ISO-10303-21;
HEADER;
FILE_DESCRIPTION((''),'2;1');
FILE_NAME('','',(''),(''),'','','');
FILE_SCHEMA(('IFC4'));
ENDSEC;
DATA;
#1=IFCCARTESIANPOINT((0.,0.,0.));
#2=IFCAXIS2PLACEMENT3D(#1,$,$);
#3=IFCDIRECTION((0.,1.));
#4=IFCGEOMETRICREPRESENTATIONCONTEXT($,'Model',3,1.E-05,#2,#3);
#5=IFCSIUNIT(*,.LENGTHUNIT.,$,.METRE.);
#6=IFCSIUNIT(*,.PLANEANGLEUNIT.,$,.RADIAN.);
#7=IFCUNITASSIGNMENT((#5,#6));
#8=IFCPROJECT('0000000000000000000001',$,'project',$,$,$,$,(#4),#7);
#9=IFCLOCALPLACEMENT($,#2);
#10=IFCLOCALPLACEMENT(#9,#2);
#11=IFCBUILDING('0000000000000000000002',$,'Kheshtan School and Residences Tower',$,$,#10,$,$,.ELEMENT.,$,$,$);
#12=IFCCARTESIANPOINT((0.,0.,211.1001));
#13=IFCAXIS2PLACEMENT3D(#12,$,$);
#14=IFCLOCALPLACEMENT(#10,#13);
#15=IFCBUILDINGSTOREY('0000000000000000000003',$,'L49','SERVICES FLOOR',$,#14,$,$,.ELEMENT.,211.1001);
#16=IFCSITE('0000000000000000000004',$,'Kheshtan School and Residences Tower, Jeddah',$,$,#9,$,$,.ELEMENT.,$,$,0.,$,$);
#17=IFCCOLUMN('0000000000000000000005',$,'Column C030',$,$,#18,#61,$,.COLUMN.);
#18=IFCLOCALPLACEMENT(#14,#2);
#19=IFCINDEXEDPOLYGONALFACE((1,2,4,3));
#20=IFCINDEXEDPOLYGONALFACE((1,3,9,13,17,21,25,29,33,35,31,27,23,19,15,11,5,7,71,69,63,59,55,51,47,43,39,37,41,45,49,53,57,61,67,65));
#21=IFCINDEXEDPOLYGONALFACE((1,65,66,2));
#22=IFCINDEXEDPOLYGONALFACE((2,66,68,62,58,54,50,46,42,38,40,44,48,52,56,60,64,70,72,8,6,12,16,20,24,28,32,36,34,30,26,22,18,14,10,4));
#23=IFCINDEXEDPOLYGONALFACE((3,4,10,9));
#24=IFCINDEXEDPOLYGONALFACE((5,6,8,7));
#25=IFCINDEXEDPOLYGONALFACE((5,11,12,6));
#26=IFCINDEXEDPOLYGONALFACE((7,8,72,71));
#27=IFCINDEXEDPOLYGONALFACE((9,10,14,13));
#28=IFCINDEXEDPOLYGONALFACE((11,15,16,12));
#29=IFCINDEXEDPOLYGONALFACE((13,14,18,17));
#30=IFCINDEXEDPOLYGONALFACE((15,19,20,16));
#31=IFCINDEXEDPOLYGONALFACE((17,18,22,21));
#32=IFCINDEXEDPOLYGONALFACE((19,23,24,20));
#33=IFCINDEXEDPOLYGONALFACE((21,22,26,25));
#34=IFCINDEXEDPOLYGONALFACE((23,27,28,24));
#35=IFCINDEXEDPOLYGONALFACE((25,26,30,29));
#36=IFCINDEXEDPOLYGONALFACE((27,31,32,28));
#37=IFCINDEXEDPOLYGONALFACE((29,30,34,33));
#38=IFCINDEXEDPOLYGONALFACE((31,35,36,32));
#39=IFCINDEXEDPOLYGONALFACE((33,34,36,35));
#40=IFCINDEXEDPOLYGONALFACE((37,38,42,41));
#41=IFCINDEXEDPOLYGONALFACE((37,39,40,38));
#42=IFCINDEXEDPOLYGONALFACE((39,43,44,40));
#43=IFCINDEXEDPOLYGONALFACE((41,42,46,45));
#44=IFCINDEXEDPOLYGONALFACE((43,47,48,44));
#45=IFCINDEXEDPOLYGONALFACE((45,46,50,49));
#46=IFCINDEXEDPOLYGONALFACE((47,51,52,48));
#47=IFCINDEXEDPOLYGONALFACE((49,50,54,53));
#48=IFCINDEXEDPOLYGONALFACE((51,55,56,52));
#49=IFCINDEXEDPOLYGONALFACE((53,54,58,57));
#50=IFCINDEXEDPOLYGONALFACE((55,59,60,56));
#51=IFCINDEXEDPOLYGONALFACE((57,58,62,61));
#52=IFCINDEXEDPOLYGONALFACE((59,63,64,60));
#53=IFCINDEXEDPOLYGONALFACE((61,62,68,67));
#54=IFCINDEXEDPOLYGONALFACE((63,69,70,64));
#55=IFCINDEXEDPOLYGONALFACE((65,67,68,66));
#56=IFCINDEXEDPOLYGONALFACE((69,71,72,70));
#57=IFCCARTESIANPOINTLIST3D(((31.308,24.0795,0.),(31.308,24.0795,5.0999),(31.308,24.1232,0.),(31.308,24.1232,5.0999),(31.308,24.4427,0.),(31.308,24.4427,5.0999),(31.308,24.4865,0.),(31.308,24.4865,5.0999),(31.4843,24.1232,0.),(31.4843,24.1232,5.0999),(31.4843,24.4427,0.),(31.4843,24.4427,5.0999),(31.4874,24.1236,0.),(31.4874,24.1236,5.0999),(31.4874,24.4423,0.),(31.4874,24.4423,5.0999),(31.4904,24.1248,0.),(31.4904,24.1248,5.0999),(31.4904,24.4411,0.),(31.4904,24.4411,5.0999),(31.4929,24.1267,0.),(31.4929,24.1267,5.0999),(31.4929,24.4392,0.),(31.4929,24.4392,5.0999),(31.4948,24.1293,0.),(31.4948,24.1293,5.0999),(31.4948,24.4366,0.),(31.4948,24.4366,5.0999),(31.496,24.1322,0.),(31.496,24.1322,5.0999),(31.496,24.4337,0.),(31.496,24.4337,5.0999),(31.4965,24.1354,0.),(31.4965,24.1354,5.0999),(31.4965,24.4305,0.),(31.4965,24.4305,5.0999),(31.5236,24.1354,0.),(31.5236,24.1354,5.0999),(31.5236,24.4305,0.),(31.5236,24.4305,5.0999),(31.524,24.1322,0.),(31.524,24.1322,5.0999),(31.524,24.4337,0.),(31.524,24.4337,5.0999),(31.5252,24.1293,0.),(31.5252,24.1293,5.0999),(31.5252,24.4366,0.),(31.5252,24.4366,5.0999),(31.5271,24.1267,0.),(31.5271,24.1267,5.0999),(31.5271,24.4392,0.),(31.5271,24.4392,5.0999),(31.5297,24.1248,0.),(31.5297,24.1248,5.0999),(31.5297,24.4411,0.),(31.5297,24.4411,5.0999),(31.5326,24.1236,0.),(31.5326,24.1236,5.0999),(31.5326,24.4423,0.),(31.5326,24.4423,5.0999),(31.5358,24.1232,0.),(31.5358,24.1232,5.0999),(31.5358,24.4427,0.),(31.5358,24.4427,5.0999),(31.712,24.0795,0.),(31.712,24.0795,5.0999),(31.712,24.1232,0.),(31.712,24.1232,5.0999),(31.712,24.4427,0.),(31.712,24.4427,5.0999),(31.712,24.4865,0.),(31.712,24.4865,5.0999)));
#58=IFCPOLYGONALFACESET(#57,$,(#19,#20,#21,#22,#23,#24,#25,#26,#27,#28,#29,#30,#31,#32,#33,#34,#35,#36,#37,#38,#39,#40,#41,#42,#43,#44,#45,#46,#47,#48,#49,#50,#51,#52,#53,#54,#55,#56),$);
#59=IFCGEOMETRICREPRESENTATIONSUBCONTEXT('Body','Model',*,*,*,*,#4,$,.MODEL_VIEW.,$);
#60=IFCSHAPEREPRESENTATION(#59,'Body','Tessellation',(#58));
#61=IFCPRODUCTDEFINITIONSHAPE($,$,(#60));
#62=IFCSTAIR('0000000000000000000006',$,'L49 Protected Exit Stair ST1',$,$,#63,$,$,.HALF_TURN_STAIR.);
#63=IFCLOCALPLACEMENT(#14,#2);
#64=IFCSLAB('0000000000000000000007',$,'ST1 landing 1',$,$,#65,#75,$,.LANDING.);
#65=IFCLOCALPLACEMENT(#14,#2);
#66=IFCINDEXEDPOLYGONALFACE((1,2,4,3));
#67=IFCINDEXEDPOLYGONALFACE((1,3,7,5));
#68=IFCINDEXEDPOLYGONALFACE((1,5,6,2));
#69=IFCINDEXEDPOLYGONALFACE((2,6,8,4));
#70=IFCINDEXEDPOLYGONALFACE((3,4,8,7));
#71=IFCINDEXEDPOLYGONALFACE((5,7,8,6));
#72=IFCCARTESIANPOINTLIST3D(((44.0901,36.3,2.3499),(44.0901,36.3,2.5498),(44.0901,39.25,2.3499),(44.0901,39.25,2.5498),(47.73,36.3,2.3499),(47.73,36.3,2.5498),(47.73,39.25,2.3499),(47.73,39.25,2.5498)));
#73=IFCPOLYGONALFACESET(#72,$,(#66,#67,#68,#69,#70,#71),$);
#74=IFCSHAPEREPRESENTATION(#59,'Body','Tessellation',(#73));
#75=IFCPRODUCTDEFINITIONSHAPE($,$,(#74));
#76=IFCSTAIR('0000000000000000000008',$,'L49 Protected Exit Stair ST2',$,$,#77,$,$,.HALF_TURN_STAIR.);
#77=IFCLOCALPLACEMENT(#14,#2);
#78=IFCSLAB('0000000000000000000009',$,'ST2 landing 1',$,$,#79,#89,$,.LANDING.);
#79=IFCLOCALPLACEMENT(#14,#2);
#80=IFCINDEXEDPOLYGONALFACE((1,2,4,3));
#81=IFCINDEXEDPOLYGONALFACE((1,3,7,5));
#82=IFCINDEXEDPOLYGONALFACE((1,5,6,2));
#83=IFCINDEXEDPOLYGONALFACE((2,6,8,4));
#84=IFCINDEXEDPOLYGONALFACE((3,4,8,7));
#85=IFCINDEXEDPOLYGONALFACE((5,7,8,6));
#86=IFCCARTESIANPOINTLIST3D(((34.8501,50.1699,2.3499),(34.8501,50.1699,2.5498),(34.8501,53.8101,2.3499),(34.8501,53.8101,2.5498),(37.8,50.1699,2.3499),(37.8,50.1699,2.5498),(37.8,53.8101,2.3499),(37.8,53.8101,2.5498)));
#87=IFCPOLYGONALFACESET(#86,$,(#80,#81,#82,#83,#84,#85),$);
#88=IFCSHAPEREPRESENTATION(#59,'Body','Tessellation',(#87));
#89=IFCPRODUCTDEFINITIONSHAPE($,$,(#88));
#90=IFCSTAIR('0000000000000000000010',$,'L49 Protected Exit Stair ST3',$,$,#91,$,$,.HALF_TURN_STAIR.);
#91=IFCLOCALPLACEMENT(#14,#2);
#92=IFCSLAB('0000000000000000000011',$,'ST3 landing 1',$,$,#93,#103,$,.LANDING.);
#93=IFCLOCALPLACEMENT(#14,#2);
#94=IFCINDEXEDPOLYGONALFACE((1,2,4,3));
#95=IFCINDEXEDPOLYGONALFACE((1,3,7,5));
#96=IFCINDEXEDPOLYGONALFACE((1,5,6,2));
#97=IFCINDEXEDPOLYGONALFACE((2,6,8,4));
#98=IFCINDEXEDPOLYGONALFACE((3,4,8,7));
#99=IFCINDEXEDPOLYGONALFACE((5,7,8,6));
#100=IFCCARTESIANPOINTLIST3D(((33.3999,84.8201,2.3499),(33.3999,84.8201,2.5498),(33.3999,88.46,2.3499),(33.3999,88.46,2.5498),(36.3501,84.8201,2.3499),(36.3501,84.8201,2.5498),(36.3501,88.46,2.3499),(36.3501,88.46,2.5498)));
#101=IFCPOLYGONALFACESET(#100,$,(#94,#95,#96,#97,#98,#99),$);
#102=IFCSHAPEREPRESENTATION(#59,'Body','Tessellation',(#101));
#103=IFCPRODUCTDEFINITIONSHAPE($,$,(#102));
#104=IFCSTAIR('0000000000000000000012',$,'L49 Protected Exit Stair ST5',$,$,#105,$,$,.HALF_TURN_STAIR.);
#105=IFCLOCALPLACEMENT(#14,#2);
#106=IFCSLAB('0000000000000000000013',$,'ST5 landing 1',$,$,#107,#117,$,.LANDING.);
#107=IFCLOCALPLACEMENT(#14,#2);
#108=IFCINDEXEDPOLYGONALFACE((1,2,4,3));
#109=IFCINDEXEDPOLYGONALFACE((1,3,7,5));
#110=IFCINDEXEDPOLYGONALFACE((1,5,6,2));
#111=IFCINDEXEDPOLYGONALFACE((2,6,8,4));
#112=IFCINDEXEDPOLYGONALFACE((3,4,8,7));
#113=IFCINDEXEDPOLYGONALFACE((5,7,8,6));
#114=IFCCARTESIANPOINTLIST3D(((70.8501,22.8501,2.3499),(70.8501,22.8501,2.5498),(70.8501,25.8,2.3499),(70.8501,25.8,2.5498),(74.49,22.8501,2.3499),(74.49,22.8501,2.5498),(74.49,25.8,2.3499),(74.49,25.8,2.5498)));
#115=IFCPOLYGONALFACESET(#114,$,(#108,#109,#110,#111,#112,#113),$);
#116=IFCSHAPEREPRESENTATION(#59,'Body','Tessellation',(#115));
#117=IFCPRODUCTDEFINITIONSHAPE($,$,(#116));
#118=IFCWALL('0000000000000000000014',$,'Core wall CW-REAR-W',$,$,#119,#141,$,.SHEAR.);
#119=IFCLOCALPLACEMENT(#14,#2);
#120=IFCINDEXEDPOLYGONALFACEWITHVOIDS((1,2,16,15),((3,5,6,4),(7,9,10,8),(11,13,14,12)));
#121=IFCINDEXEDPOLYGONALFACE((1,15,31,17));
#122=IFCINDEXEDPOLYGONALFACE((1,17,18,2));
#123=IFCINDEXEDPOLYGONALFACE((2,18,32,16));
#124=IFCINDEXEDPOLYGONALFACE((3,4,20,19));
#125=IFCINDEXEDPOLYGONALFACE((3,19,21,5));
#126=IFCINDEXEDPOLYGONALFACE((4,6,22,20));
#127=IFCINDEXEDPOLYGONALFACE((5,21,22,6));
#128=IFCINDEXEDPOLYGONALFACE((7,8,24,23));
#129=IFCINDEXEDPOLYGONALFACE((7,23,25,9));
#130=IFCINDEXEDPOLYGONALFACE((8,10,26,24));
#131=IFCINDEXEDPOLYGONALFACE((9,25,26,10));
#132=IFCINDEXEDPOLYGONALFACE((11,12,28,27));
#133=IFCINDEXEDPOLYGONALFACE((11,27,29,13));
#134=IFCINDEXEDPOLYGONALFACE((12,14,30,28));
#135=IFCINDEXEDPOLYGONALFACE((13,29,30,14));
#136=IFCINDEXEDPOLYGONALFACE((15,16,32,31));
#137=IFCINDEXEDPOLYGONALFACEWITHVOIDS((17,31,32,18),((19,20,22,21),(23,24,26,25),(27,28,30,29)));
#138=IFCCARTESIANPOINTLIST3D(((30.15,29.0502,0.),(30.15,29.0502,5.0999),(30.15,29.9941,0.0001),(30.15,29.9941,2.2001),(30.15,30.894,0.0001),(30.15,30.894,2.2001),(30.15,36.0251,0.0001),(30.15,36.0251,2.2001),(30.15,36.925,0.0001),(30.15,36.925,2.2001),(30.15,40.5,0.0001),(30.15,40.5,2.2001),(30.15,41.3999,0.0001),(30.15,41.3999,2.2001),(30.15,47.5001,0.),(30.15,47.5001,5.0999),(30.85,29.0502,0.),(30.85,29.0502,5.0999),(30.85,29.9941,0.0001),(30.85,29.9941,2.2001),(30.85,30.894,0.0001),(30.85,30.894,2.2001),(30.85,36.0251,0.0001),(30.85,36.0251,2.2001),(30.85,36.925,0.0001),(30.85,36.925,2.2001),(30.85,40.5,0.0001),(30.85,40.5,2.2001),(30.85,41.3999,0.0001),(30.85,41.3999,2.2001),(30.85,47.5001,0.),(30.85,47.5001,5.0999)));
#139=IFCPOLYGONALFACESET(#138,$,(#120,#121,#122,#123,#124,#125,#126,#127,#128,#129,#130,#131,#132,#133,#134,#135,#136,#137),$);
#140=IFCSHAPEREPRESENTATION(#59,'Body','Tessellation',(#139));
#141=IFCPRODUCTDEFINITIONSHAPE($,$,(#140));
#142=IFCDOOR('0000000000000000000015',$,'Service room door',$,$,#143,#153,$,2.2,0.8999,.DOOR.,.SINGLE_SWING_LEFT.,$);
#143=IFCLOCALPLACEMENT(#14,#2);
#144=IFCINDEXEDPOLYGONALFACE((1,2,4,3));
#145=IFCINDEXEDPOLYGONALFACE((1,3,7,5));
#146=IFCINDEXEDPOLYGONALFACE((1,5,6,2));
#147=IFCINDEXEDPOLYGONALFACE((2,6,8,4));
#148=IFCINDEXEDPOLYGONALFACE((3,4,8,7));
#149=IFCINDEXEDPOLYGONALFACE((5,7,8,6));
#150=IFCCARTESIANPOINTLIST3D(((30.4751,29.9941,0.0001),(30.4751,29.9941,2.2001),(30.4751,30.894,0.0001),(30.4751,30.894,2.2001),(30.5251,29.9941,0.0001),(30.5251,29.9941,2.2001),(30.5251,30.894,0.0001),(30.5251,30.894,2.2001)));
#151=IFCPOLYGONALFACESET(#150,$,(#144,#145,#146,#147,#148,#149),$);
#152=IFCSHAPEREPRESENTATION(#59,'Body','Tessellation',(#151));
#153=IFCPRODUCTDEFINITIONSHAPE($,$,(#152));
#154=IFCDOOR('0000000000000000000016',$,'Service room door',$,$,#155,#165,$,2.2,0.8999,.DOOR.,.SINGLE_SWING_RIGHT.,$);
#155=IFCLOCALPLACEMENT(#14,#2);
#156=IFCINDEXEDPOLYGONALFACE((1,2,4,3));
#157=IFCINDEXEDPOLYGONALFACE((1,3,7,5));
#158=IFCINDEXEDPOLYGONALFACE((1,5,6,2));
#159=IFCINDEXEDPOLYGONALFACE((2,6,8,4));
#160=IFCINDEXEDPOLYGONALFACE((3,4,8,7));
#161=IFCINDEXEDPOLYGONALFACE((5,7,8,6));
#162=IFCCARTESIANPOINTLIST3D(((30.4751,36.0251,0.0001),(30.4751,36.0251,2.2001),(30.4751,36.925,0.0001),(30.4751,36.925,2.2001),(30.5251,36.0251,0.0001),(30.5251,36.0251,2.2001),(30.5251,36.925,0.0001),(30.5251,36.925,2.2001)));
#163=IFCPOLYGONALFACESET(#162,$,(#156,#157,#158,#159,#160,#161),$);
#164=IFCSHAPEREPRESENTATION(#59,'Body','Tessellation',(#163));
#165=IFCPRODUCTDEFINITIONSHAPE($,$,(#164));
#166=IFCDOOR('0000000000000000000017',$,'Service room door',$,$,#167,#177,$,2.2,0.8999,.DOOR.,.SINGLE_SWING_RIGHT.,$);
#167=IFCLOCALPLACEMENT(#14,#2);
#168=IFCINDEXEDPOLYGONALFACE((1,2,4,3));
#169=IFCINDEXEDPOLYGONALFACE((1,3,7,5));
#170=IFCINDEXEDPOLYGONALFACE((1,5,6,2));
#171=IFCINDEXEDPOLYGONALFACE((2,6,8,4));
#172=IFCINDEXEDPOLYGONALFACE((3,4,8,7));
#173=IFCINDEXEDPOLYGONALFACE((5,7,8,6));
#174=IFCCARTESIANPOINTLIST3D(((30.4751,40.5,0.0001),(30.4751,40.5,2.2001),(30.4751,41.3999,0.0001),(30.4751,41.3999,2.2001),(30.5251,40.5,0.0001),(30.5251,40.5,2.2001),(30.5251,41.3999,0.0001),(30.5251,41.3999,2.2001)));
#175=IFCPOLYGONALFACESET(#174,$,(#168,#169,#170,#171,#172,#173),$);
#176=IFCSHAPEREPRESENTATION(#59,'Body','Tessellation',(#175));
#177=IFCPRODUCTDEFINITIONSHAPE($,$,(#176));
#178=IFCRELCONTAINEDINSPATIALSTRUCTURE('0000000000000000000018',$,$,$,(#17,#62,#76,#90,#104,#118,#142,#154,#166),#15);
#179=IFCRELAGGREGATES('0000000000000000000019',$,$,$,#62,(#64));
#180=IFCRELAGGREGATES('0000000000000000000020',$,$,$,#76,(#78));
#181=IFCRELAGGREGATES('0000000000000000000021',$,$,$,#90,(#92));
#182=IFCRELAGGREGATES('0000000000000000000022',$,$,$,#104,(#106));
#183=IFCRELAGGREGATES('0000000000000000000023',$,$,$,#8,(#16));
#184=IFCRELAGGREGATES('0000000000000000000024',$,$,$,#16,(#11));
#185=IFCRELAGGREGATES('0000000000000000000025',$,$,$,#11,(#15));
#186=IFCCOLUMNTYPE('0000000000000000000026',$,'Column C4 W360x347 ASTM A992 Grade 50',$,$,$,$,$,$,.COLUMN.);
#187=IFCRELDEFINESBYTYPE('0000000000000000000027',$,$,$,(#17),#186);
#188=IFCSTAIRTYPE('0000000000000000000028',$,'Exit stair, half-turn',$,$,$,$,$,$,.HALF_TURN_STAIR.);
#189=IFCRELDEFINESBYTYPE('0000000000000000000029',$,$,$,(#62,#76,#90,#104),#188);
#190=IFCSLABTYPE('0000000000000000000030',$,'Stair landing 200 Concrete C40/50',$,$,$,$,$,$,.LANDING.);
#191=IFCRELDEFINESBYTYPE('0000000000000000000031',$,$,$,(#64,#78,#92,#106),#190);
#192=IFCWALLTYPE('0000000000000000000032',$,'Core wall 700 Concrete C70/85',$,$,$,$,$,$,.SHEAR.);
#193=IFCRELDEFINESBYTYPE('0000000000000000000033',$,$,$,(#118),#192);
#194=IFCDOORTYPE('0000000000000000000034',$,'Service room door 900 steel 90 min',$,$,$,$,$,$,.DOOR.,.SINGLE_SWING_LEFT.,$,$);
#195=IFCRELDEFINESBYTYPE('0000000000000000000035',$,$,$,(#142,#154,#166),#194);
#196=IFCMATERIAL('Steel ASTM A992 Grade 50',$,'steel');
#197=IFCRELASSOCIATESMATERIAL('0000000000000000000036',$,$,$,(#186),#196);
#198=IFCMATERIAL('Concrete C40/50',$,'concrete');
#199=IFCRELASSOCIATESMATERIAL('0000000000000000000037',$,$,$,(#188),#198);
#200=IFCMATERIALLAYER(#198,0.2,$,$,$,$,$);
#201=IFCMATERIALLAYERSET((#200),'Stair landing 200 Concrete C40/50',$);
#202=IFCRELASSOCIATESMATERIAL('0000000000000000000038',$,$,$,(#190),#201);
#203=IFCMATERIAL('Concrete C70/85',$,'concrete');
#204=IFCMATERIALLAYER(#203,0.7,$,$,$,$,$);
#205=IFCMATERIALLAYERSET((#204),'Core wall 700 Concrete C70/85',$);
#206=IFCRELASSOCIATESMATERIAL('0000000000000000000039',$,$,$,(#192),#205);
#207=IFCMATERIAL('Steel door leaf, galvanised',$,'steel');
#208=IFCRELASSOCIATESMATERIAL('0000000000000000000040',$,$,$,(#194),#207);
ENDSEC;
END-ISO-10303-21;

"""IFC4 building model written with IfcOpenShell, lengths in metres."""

from ifc_helpers import new_model, si_unit, direction, frame, frame_2d, origin, origin_2d, place, context, subcontext, project, spatial, polyline, rectangle, i_section, outline, extrude, source, transform, mapped, material, layer, layer_set, material_profile, profile_set, type_object, element, fill, aggregate, save


model = new_model("IFC4")

# Units and contexts
model_context = context("Model", 3, precision=1e-05, world=origin(), true_north=direction((0.0, 1.0)))
body_context = subcontext(model_context, "Body", "Model", "MODEL_VIEW")
ifc_project = project(units=[si_unit("LENGTHUNIT", "METRE"), si_unit("PLANEANGLEUNIT", "RADIAN")], contexts=[model_context])

# Site, building, storey
site_placement = place(None, origin())
site = spatial("IfcSite", under=ifc_project, at=site_placement, Name="Kheshtan School and Residences Tower, Jeddah", CompositionType="ELEMENT", RefElevation=0.0)
building_placement = place(site_placement, origin())
building = spatial("IfcBuilding", under=site, at=building_placement, Name="Kheshtan School and Residences Tower", CompositionType="ELEMENT")
storey_placement = place(building_placement, frame((0.0, 0.0, 211.1001)))
storey = spatial("IfcBuildingStorey", under=building, at=storey_placement, Name="L49", Description="SERVICES FLOOR", CompositionType="ELEMENT", Elevation=211.1001)

# Column
ifc_material_1 = material(Name="Steel ASTM A992 Grade 50", Category="steel")
ifc_material_profile = material_profile(ifc_material_1, i_section(OverallWidth=0.4041, OverallDepth=0.407, WebThickness=0.0271, FlangeThickness=0.0437, FilletRadius=0.0122, at=origin_2d()), Name="W360x347")
ifc_profile_set = profile_set([ifc_material_profile], Name="Steel ASTM A992 Grade 50")
column_type = type_object("IfcColumnType", Name="Column C4 W360x347 ASTM A992 Grade 50", PredefinedType="COLUMN", material=ifc_profile_set)
column_placement = place(storey_placement, frame((31.51, 24.283, 0.0), z_axis=(0.0, 0.0, 1.0), x_axis=(1.0, 0.0, 0.0)))
element("IfcColumn", 1, at=column_placement, inside=storey, type_object=column_type, Name="Column C030", PredefinedType="COLUMN", context=body_context, shape_type="SweptSolid", body=[
    extrude(i_section(OverallWidth=0.4041, OverallDepth=0.407, WebThickness=0.0271, FlangeThickness=0.0437, FilletRadius=0.0122, at=origin_2d()), origin(), (0.0, 0.0, 1.0), 5.0999),
])

# Shared definitions
ifc_material_2 = material(Name="Concrete C40/50", Category="concrete")

# Stairs, slabs
stair_type = type_object("IfcStairType", Name="Exit stair, half-turn", PredefinedType="HALF_TURN_STAIR", material=ifc_material_2)
stair_1_placement = place(storey_placement, origin())
stair_1 = element("IfcStair", 2, at=stair_1_placement, inside=storey, type_object=stair_type, Name="L49 Protected Exit Stair ST1", PredefinedType="HALF_TURN_STAIR")
ifc_layer_1 = layer(ifc_material_2, 0.2)
ifc_layer_set_1 = layer_set([ifc_layer_1], Name="Stair landing 200 Concrete C40/50")
slab_type_1 = type_object("IfcSlabType", Name="Stair landing 200 Concrete C40/50", PredefinedType="LANDING", material=ifc_layer_set_1)
slab_1_placement = place(storey_placement, frame((0.0, 0.0, 2.3499)))
slab_1 = element("IfcSlab", 3, at=slab_1_placement, type_object=slab_type_1, Name="ST1 landing 1", PredefinedType="LANDING", context=body_context, shape_type="SweptSolid", body=[
    extrude(outline(polyline([(47.73, 39.25), (44.0901, 39.25), (44.0901, 36.3), (47.73, 36.3), (47.73, 39.25)])), origin(), (0.0, 0.0, 1.0), 0.2),
])
aggregate(stair_1, [slab_1])
stair_2_placement = place(storey_placement, origin())
stair_2 = element("IfcStair", 4, at=stair_2_placement, inside=storey, type_object=stair_type, Name="L49 Protected Exit Stair ST2", PredefinedType="HALF_TURN_STAIR")
slab_2_placement = place(storey_placement, frame((0.0, 0.0, 2.3499)))
slab_2 = element("IfcSlab", 5, at=slab_2_placement, type_object=slab_type_1, Name="ST2 landing 1", PredefinedType="LANDING", context=body_context, shape_type="SweptSolid", body=[
    extrude(outline(polyline([(37.8, 50.1699), (37.8, 53.8101), (34.8501, 53.8101), (34.8501, 50.1699), (37.8, 50.1699)])), origin(), (0.0, 0.0, 1.0), 0.2),
])
aggregate(stair_2, [slab_2])
stair_3_placement = place(storey_placement, origin())
stair_3 = element("IfcStair", 6, at=stair_3_placement, inside=storey, type_object=stair_type, Name="L49 Protected Exit Stair ST3", PredefinedType="HALF_TURN_STAIR")
slab_3_placement = place(storey_placement, frame((0.0, 0.0, 2.3499)))
slab_3 = element("IfcSlab", 7, at=slab_3_placement, type_object=slab_type_1, Name="ST3 landing 1", PredefinedType="LANDING", context=body_context, shape_type="SweptSolid", body=[
    extrude(outline(polyline([(36.3501, 84.8201), (36.3501, 88.46), (33.3999, 88.46), (33.3999, 84.8201), (36.3501, 84.8201)])), origin(), (0.0, 0.0, 1.0), 0.2),
])
aggregate(stair_3, [slab_3])
stair_4_placement = place(storey_placement, origin())
stair_4 = element("IfcStair", 8, at=stair_4_placement, inside=storey, type_object=stair_type, Name="L49 Protected Exit Stair ST5", PredefinedType="HALF_TURN_STAIR")
slab_4_placement = place(storey_placement, frame((0.0, 0.0, 2.3499)))
slab_4 = element("IfcSlab", 9, at=slab_4_placement, type_object=slab_type_1, Name="ST5 landing 1", PredefinedType="LANDING", context=body_context, shape_type="SweptSolid", body=[
    extrude(outline(polyline([(74.49, 25.8), (70.8501, 25.8), (70.8501, 22.8501), (74.49, 22.8501), (74.49, 25.8)])), origin(), (0.0, 0.0, 1.0), 0.2),
])
aggregate(stair_4, [slab_4])

# Wall, openings, doors
ifc_material_3 = material(Name="Concrete C70/85", Category="concrete")
ifc_layer_2 = layer(ifc_material_3, 0.7)
ifc_layer_set_2 = layer_set([ifc_layer_2], Name="Core wall 700 Concrete C70/85")
wall_type_1 = type_object("IfcWallType", Name="Core wall 700 Concrete C70/85", PredefinedType="SHEAR", material=ifc_layer_set_2)
wall_1_placement = place(storey_placement, frame((30.5, 29.05, 0.0), z_axis=(0.0, 0.0, 1.0), x_axis=(0.0, 1.0, 0.0)))
wall_1 = element("IfcWall", 10, at=wall_1_placement, inside=storey, type_object=wall_type_1, Name="Core wall CW-REAR-W", PredefinedType="SHEAR", context=body_context, shape_type="SweptSolid", body=[
    extrude(rectangle(XDim=18.45, YDim=0.7, at=frame_2d((9.2251, 0.0))), origin(), (0.0, 0.0, 1.0), 5.0999),
])
opening_1_placement = place(wall_1_placement, frame((0.9441, 0.0, 0.0)))
opening_1 = element("IfcOpeningElement", 11, at=opening_1_placement, cuts=wall_1, PredefinedType="OPENING", context=body_context, shape_type="SweptSolid", body=[
    extrude(rectangle(XDim=0.8999, YDim=2.2, at=frame_2d((0.45, 1.1001))), frame((0.0, 0.3599, 0.0), z_axis=(0.0, -1.0, 0.0), x_axis=(1.0, 0.0, 0.0)), (0.0, 0.0, 1.0), 0.72),
])
opening_2_placement = place(wall_1_placement, frame((6.9751, 0.0, 0.0)))
opening_2 = element("IfcOpeningElement", 12, at=opening_2_placement, cuts=wall_1, PredefinedType="OPENING", context=body_context, shape_type="SweptSolid", body=[
    extrude(rectangle(XDim=0.8999, YDim=2.2, at=frame_2d((0.45, 1.1001))), frame((0.0, 0.3599, 0.0), z_axis=(0.0, -1.0, 0.0), x_axis=(1.0, 0.0, 0.0)), (0.0, 0.0, 1.0), 0.72),
])
opening_3_placement = place(wall_1_placement, frame((11.45, 0.0, 0.0)))
opening_3 = element("IfcOpeningElement", 13, at=opening_3_placement, cuts=wall_1, PredefinedType="OPENING", context=body_context, shape_type="SweptSolid", body=[
    extrude(rectangle(XDim=0.8999, YDim=2.2, at=frame_2d((0.45, 1.1001))), frame((0.0, 0.3599, 0.0), z_axis=(0.0, -1.0, 0.0), x_axis=(1.0, 0.0, 0.0)), (0.0, 0.0, 1.0), 0.72),
])
ifc_material_4 = material(Name="Steel door leaf, galvanised", Category="steel")
door_type = type_object("IfcDoorType", Name="Service room door 900 steel 90 min", OperationType="SINGLE_SWING_LEFT", PredefinedType="DOOR", material=ifc_material_4)
shared_shape = source(origin(), body_context, "Body", "SweptSolid", [
    extrude(rectangle(XDim=0.8999, YDim=2.2, at=frame_2d((0.45, 1.1001))), frame((0.0, 0.0249, 0.0), z_axis=(0.0, -1.0, 0.0), x_axis=(1.0, 0.0, 0.0)), (0.0, 0.0, 1.0), 0.05),
])
door_1_placement = place(opening_1_placement, origin())
door_1 = element("IfcDoor", 14, at=door_1_placement, inside=storey, type_object=door_type, Name="Service room door", OperationType="SINGLE_SWING_LEFT", OverallHeight=2.2, OverallWidth=0.8999, PredefinedType="DOOR", context=body_context, shape_type="MappedRepresentation", body=[
    mapped(shared_shape, transform((0.0, 0.0, 0.0), x_axis=(1.0, 0.0, 0.0), y_axis=(0.0, 1.0, 0.0), z_axis=(0.0, 0.0, 1.0), scale=1.0)),
])
fill(opening_1, door_1)
door_2_placement = place(opening_2_placement, origin())
door_2 = element("IfcDoor", 15, at=door_2_placement, inside=storey, type_object=door_type, Name="Service room door", OperationType="SINGLE_SWING_RIGHT", OverallHeight=2.2, OverallWidth=0.8999, PredefinedType="DOOR", context=body_context, shape_type="MappedRepresentation", body=[
    mapped(shared_shape, transform((0.0, 0.0, 0.0), x_axis=(1.0, 0.0, 0.0), y_axis=(0.0, 1.0, 0.0), z_axis=(0.0, 0.0, 1.0), scale=1.0)),
])
fill(opening_2, door_2)
door_3_placement = place(opening_3_placement, origin())
door_3 = element("IfcDoor", 16, at=door_3_placement, inside=storey, type_object=door_type, Name="Service room door", OperationType="SINGLE_SWING_RIGHT", OverallHeight=2.2, OverallWidth=0.8999, PredefinedType="DOOR", context=body_context, shape_type="MappedRepresentation", body=[
    mapped(shared_shape, transform((0.0, 0.0, 0.0), x_axis=(1.0, 0.0, 0.0), y_axis=(0.0, 1.0, 0.0), z_axis=(0.0, 0.0, 1.0), scale=1.0)),
])
fill(opening_3, door_3)

save(model, "model.ifc")
